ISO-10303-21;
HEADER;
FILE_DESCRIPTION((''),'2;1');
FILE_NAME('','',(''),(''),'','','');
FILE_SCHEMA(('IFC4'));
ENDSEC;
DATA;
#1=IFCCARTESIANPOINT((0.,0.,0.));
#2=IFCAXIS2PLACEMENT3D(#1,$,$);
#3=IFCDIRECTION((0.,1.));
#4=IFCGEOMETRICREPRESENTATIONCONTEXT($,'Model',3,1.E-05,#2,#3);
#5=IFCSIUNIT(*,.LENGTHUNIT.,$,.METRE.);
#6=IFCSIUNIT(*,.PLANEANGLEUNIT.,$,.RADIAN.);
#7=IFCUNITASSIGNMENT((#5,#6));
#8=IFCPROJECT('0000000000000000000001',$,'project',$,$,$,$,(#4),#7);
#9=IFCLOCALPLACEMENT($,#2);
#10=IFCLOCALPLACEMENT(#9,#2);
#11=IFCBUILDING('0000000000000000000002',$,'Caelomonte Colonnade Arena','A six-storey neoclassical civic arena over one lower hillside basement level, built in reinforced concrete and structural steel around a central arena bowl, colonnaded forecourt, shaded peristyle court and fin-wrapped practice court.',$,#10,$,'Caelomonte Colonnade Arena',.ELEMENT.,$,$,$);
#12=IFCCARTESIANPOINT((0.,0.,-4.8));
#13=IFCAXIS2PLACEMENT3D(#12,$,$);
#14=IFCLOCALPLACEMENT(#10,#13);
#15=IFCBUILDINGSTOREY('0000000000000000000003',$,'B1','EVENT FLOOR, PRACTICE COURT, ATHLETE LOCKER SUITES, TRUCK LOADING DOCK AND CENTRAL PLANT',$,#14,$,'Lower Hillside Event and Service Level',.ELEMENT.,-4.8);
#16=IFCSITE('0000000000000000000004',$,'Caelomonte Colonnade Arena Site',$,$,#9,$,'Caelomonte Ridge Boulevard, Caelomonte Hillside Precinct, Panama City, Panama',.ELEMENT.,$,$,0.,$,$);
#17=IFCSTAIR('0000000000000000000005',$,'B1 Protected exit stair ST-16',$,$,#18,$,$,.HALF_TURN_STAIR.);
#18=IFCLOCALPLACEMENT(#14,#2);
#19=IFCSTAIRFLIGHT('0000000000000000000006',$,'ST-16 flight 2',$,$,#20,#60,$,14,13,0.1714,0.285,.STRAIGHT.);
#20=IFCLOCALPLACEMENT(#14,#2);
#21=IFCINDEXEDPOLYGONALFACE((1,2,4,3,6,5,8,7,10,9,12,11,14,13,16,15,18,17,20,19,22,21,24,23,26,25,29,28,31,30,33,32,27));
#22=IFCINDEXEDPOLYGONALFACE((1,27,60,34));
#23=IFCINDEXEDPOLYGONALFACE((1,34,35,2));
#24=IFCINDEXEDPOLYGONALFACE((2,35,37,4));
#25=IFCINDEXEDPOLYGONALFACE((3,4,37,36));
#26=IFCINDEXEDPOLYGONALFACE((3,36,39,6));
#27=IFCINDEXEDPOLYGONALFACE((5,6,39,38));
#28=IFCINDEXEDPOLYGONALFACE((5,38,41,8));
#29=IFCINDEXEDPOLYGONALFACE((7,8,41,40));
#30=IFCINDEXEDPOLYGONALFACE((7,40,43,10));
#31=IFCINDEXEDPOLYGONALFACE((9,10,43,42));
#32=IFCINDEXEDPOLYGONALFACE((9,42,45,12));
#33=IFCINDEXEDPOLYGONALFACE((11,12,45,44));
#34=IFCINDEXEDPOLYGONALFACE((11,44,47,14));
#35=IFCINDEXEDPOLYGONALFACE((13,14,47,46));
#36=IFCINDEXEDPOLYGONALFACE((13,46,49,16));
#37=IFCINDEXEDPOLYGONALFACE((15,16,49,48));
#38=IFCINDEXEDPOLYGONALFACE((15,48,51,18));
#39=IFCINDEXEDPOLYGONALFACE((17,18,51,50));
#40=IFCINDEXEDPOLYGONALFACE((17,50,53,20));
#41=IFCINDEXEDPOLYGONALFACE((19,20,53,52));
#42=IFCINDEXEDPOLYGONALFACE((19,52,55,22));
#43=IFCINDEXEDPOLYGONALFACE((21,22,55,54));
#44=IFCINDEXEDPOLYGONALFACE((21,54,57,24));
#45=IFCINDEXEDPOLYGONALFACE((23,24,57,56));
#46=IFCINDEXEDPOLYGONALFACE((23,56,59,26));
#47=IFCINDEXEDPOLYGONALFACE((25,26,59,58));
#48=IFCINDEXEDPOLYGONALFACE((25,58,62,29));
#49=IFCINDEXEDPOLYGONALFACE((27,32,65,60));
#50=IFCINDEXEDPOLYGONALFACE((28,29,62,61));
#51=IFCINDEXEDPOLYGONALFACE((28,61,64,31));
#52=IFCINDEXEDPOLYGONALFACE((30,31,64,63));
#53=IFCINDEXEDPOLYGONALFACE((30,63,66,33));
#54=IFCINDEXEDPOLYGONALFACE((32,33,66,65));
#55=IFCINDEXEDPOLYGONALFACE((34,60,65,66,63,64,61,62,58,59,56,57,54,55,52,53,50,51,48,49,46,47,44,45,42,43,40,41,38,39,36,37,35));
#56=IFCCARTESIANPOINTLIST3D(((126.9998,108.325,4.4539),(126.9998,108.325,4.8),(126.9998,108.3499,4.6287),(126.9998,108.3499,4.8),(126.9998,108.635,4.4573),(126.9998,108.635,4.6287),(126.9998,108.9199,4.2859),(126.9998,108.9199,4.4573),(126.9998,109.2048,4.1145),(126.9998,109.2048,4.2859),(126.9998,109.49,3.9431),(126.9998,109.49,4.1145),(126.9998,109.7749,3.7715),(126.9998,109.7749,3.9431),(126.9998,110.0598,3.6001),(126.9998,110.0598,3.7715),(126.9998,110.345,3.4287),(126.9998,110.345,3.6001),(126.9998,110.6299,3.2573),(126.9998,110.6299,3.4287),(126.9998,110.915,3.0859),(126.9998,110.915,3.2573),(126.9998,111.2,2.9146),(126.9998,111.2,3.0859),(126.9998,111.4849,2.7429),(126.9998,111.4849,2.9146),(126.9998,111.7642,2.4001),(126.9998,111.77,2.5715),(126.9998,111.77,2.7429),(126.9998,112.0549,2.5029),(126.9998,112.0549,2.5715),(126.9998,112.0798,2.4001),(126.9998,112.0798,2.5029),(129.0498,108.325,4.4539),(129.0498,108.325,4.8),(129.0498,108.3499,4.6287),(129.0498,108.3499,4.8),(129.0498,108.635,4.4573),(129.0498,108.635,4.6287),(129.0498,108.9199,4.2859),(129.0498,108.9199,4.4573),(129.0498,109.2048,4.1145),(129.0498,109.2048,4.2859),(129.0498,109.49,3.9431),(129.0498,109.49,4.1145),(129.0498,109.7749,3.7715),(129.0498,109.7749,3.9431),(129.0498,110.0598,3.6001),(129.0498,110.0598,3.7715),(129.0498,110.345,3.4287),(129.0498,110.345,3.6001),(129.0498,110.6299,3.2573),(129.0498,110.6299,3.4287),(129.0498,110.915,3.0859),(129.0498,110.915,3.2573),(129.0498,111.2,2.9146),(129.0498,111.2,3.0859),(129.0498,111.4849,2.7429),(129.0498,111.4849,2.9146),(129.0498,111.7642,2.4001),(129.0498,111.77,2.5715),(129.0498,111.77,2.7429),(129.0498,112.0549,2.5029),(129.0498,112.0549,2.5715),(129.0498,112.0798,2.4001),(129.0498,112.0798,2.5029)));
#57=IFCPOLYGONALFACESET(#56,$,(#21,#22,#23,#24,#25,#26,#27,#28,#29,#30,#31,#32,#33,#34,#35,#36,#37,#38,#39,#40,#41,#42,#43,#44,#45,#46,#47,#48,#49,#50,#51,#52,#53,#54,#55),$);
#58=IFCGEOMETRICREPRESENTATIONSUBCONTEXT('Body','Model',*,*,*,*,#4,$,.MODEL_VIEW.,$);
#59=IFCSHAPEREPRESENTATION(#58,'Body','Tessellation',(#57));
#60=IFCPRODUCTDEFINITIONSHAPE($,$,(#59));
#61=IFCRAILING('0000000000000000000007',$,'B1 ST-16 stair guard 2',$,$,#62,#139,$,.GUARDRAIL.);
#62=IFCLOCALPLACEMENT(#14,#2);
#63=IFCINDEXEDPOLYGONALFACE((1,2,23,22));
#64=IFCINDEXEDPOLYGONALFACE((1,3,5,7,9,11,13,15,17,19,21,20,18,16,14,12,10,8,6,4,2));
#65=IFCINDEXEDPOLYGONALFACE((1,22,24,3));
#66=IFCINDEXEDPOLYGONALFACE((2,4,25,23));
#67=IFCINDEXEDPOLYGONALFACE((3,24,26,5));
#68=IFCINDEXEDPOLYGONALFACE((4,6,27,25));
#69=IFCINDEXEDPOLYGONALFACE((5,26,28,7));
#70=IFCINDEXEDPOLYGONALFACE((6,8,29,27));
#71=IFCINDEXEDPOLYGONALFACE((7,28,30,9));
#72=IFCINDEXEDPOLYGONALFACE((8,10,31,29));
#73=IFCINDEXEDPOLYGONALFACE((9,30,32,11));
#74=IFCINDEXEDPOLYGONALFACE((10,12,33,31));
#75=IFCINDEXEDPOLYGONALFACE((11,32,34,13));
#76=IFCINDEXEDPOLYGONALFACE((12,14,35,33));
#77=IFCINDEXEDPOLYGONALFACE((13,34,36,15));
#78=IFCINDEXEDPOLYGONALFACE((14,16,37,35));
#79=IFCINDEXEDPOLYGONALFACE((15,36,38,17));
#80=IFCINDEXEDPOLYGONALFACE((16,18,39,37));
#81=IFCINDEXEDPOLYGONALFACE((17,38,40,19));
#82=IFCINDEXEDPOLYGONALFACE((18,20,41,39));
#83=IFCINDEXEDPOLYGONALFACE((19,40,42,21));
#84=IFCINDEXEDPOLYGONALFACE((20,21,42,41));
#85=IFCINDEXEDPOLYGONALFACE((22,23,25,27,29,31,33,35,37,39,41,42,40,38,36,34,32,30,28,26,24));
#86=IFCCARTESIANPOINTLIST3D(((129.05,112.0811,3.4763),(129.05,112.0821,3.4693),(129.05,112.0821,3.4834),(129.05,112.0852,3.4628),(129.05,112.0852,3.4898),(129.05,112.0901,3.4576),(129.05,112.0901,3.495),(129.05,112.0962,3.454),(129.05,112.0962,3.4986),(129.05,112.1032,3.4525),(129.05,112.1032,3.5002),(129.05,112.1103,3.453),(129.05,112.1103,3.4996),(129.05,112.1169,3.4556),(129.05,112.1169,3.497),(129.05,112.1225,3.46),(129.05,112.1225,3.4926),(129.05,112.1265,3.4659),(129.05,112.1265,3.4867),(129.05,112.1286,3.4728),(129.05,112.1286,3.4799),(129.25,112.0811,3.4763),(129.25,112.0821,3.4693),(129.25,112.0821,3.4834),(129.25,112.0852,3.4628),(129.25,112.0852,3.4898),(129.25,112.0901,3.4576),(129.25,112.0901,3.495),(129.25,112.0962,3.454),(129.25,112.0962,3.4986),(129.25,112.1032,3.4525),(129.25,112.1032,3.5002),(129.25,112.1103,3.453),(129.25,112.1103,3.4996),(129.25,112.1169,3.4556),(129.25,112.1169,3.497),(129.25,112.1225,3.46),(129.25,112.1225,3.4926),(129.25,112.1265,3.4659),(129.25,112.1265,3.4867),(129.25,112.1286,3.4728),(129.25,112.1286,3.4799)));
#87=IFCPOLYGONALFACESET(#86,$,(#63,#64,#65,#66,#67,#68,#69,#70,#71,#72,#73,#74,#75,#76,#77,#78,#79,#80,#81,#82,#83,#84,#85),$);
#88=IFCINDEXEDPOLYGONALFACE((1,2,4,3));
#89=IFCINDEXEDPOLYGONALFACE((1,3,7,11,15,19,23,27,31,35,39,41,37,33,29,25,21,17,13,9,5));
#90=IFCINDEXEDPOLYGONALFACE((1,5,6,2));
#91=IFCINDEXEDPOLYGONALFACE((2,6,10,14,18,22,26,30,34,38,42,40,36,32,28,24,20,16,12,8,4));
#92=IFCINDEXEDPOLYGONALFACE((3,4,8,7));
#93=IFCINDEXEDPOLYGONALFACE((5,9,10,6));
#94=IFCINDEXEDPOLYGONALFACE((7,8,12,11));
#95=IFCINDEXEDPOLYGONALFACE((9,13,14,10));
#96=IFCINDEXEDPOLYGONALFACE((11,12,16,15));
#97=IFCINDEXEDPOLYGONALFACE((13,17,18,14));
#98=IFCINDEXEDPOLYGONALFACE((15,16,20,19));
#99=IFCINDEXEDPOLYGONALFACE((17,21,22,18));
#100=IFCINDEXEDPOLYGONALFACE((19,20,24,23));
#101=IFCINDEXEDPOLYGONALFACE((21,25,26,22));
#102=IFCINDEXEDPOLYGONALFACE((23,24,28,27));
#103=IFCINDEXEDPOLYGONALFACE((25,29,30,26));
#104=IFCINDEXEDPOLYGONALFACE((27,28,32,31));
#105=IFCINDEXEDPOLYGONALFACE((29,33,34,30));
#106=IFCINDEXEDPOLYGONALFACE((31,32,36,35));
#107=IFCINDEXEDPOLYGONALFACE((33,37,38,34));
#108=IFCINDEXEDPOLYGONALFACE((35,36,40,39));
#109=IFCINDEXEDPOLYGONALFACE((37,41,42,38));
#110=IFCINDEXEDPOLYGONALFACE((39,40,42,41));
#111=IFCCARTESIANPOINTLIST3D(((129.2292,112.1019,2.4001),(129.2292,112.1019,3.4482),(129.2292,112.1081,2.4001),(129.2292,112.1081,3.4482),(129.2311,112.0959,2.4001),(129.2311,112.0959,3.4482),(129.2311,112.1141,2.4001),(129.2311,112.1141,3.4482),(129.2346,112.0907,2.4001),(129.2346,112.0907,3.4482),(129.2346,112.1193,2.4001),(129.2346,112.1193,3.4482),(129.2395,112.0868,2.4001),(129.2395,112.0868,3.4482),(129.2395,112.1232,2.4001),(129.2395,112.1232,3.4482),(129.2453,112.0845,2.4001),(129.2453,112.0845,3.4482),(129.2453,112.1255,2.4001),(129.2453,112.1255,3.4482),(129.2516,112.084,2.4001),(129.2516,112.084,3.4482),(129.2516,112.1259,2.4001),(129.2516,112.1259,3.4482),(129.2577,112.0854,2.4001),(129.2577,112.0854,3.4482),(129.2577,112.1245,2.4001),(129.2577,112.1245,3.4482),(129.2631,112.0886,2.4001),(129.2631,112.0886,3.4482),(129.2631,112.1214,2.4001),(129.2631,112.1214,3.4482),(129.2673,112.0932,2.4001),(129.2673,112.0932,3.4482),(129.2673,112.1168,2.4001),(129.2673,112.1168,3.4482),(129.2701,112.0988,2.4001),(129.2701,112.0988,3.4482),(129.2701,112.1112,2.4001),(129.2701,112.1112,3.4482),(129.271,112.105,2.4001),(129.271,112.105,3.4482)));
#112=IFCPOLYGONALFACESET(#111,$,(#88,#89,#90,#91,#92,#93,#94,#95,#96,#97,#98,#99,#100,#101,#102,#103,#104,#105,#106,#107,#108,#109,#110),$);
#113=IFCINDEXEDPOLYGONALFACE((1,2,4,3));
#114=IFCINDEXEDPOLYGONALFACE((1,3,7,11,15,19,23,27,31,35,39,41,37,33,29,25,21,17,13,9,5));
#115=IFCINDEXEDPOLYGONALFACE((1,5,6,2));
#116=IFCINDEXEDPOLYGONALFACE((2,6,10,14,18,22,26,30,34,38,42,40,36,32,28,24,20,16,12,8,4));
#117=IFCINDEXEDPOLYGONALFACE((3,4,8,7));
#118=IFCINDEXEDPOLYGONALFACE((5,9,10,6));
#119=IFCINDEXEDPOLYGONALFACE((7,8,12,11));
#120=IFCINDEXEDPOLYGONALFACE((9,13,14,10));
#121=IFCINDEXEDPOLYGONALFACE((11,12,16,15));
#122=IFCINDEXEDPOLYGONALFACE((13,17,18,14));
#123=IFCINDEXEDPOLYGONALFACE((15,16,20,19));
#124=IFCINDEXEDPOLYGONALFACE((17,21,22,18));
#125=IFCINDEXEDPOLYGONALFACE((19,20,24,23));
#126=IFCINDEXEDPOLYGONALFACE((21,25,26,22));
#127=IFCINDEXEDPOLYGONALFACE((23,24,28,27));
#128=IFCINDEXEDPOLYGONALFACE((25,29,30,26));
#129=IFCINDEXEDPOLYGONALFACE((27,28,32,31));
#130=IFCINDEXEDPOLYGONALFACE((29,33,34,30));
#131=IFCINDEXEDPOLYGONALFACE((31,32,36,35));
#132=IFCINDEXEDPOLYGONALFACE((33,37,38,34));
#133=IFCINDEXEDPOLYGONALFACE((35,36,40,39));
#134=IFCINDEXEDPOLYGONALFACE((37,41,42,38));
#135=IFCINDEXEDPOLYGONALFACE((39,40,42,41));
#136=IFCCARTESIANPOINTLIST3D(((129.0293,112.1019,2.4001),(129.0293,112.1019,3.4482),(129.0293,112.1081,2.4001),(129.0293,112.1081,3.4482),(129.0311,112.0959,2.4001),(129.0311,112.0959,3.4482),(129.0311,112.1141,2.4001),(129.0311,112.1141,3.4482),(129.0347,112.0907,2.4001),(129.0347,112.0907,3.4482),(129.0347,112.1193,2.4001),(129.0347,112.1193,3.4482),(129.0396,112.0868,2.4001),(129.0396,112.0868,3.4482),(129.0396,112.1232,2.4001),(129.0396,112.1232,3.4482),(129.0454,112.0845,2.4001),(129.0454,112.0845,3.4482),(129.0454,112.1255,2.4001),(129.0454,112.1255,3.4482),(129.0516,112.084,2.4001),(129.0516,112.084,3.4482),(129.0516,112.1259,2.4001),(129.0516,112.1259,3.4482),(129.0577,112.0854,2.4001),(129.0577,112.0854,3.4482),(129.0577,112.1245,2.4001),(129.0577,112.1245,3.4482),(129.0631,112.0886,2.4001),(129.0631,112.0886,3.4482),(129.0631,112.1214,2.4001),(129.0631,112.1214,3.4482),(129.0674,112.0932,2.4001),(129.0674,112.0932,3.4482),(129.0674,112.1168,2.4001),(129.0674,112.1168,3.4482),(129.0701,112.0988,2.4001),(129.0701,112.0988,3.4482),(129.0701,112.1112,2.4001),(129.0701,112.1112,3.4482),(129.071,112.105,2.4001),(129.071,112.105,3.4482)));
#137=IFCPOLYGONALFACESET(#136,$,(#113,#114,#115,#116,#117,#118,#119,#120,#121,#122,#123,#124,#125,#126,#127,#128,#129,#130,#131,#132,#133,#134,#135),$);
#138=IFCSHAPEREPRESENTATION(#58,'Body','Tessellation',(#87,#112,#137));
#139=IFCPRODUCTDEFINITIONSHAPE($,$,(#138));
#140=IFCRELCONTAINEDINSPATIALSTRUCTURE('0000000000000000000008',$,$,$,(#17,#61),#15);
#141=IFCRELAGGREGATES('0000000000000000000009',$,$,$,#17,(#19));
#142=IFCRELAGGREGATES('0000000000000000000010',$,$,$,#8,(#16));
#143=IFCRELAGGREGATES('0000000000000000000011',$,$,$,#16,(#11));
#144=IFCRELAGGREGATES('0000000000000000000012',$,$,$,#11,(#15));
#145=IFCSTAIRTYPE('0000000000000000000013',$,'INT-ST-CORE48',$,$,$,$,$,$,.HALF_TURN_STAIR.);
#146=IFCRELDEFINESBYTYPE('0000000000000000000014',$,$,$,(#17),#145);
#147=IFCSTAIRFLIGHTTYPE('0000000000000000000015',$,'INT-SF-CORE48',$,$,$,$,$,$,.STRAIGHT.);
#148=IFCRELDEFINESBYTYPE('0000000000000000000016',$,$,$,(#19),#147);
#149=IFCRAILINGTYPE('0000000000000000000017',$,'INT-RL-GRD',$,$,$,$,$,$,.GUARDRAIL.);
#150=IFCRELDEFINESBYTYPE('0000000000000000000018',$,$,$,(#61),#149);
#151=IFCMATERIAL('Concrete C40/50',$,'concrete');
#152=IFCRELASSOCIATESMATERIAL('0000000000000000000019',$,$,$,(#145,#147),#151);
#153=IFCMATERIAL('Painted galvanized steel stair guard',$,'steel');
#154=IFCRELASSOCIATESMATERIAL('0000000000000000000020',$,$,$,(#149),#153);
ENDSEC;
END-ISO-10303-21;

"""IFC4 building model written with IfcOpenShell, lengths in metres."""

from ifc_helpers import new_model, si_unit, direction, frame, origin, origin_2d, place, context, subcontext, project, spatial, polyline, circle, outline, extrude, material, type_object, element, aggregate, save


model = new_model("IFC4")

# Units and contexts
model_context = context("Model", 3, precision=1e-05, world=origin(), true_north=direction((0.0, 1.0)))
body_context = subcontext(model_context, "Body", "Model", "MODEL_VIEW")
ifc_project = project(units=[si_unit("LENGTHUNIT", "METRE"), si_unit("PLANEANGLEUNIT", "RADIAN")], contexts=[model_context])

# Site, building, storey
site_placement = place(None, origin())
site = spatial("IfcSite", under=ifc_project, at=site_placement, Name="Caelomonte Colonnade Arena Site", LongName="Caelomonte Ridge Boulevard, Caelomonte Hillside Precinct, Panama City, Panama", CompositionType="ELEMENT", RefElevation=0.0)
building_placement = place(site_placement, origin())
building = spatial("IfcBuilding", under=site, at=building_placement, Name="Caelomonte Colonnade Arena", Description="A six-storey neoclassical civic arena over one lower hillside basement level, built in reinforced concrete and structural steel around a central arena bowl, colonnaded forecourt, shaded peristyle court and fin-wrapped practice court.", LongName="Caelomonte Colonnade Arena", CompositionType="ELEMENT")
storey_placement = place(building_placement, frame((0.0, 0.0, -4.8)))
storey = spatial("IfcBuildingStorey", under=building, at=storey_placement, Name="B1", Description="EVENT FLOOR, PRACTICE COURT, ATHLETE LOCKER SUITES, TRUCK LOADING DOCK AND CENTRAL PLANT", LongName="Lower Hillside Event and Service Level", CompositionType="ELEMENT", Elevation=-4.8)

# Shared definitions
ifc_material_1 = material(Name="Concrete C40/50", Category="concrete")

# Stair, stair flight
stair_type = type_object("IfcStairType", Name="INT-ST-CORE48", PredefinedType="HALF_TURN_STAIR", material=ifc_material_1)
stair_placement = place(storey_placement, origin())
stair = element("IfcStair", 1, at=stair_placement, inside=storey, type_object=stair_type, Name="B1 Protected exit stair ST-16", PredefinedType="HALF_TURN_STAIR")
stair_flight_type = type_object("IfcStairFlightType", Name="INT-SF-CORE48", PredefinedType="STRAIGHT", material=ifc_material_1)
stair_flight_placement = place(storey_placement, frame((128.0249, 112.0549, 2.4001), z_axis=(0.0, 0.0, 1.0), x_axis=(0.0, -1.0, 0.0)))
stair_flight = element("IfcStairFlight", 2, at=stair_flight_placement, type_object=stair_flight_type, Name="ST-16 flight 2", NumberOfRisers=14, NumberOfTreads=13, PredefinedType="STRAIGHT", RiserHeight=0.1714, TreadLength=0.285, context=body_context, shape_type="SweptSolid", body=[
    extrude(outline(polyline([(-0.0249, 0.0), (-0.0249, 0.1028), (0.0, 0.1028), (0.0, 0.1714), (0.2849, 0.1714), (0.2849, 0.3428), (0.5701, 0.3428), (0.5701, 0.5144), (0.855, 0.5144), (0.855, 0.6858), (1.1399, 0.6858), (1.1399, 0.8572), (1.425, 0.8572), (1.425, 1.0286), (1.71, 1.0286), (1.71, 1.2), (1.9951, 1.2), (1.9951, 1.3713), (2.28, 1.3713), (2.28, 1.543), (2.5649, 1.543), (2.5649, 1.7144), (2.8501, 1.7144), (2.8501, 1.8857), (3.135, 1.8857), (3.135, 2.0571), (3.4199, 2.0571), (3.4199, 2.2285), (3.7051, 2.2285), (3.7051, 2.3999), (3.73, 2.3999), (3.73, 2.0537), (0.2908, 0.0), (-0.0249, 0.0)])), frame((0.0, 1.0249, 0.0), z_axis=(0.0, -1.0, 0.0), x_axis=(1.0, 0.0, 0.0)), (0.0, 0.0, 1.0), 2.05),
])
aggregate(stair, [stair_flight])

# Railing
ifc_material_2 = material(Name="Painted galvanized steel stair guard", Category="steel")
railing_type_1 = type_object("IfcRailingType", Name="INT-RL-GRD", PredefinedType="GUARDRAIL", material=ifc_material_2)
railing_1_placement = place(storey_placement, frame((129.25, 112.105, 2.4001)))
element("IfcRailing", 3, at=railing_1_placement, inside=storey, type_object=railing_type_1, Name="B1 ST-16 stair guard 2", PredefinedType="GUARDRAIL", context=body_context, shape_type="SweptSolid", body=[
    extrude(circle(Radius=0.0239, at=origin_2d()), frame((0.0, 0.0, 1.0762), z_axis=(-1.0, 0.0, 0.0), x_axis=(0.0, -1.0, 0.0)), (0.0, 0.0, 1.0), 0.2),
    extrude(circle(Radius=0.021, at=origin_2d()), origin(), (0.0, 0.0, 1.0), 1.0481),
    extrude(circle(Radius=0.021, at=origin_2d()), frame((-0.2, 0.0, 0.0)), (0.0, 0.0, 1.0), 1.0481),
])

save(model, "model.ifc")
